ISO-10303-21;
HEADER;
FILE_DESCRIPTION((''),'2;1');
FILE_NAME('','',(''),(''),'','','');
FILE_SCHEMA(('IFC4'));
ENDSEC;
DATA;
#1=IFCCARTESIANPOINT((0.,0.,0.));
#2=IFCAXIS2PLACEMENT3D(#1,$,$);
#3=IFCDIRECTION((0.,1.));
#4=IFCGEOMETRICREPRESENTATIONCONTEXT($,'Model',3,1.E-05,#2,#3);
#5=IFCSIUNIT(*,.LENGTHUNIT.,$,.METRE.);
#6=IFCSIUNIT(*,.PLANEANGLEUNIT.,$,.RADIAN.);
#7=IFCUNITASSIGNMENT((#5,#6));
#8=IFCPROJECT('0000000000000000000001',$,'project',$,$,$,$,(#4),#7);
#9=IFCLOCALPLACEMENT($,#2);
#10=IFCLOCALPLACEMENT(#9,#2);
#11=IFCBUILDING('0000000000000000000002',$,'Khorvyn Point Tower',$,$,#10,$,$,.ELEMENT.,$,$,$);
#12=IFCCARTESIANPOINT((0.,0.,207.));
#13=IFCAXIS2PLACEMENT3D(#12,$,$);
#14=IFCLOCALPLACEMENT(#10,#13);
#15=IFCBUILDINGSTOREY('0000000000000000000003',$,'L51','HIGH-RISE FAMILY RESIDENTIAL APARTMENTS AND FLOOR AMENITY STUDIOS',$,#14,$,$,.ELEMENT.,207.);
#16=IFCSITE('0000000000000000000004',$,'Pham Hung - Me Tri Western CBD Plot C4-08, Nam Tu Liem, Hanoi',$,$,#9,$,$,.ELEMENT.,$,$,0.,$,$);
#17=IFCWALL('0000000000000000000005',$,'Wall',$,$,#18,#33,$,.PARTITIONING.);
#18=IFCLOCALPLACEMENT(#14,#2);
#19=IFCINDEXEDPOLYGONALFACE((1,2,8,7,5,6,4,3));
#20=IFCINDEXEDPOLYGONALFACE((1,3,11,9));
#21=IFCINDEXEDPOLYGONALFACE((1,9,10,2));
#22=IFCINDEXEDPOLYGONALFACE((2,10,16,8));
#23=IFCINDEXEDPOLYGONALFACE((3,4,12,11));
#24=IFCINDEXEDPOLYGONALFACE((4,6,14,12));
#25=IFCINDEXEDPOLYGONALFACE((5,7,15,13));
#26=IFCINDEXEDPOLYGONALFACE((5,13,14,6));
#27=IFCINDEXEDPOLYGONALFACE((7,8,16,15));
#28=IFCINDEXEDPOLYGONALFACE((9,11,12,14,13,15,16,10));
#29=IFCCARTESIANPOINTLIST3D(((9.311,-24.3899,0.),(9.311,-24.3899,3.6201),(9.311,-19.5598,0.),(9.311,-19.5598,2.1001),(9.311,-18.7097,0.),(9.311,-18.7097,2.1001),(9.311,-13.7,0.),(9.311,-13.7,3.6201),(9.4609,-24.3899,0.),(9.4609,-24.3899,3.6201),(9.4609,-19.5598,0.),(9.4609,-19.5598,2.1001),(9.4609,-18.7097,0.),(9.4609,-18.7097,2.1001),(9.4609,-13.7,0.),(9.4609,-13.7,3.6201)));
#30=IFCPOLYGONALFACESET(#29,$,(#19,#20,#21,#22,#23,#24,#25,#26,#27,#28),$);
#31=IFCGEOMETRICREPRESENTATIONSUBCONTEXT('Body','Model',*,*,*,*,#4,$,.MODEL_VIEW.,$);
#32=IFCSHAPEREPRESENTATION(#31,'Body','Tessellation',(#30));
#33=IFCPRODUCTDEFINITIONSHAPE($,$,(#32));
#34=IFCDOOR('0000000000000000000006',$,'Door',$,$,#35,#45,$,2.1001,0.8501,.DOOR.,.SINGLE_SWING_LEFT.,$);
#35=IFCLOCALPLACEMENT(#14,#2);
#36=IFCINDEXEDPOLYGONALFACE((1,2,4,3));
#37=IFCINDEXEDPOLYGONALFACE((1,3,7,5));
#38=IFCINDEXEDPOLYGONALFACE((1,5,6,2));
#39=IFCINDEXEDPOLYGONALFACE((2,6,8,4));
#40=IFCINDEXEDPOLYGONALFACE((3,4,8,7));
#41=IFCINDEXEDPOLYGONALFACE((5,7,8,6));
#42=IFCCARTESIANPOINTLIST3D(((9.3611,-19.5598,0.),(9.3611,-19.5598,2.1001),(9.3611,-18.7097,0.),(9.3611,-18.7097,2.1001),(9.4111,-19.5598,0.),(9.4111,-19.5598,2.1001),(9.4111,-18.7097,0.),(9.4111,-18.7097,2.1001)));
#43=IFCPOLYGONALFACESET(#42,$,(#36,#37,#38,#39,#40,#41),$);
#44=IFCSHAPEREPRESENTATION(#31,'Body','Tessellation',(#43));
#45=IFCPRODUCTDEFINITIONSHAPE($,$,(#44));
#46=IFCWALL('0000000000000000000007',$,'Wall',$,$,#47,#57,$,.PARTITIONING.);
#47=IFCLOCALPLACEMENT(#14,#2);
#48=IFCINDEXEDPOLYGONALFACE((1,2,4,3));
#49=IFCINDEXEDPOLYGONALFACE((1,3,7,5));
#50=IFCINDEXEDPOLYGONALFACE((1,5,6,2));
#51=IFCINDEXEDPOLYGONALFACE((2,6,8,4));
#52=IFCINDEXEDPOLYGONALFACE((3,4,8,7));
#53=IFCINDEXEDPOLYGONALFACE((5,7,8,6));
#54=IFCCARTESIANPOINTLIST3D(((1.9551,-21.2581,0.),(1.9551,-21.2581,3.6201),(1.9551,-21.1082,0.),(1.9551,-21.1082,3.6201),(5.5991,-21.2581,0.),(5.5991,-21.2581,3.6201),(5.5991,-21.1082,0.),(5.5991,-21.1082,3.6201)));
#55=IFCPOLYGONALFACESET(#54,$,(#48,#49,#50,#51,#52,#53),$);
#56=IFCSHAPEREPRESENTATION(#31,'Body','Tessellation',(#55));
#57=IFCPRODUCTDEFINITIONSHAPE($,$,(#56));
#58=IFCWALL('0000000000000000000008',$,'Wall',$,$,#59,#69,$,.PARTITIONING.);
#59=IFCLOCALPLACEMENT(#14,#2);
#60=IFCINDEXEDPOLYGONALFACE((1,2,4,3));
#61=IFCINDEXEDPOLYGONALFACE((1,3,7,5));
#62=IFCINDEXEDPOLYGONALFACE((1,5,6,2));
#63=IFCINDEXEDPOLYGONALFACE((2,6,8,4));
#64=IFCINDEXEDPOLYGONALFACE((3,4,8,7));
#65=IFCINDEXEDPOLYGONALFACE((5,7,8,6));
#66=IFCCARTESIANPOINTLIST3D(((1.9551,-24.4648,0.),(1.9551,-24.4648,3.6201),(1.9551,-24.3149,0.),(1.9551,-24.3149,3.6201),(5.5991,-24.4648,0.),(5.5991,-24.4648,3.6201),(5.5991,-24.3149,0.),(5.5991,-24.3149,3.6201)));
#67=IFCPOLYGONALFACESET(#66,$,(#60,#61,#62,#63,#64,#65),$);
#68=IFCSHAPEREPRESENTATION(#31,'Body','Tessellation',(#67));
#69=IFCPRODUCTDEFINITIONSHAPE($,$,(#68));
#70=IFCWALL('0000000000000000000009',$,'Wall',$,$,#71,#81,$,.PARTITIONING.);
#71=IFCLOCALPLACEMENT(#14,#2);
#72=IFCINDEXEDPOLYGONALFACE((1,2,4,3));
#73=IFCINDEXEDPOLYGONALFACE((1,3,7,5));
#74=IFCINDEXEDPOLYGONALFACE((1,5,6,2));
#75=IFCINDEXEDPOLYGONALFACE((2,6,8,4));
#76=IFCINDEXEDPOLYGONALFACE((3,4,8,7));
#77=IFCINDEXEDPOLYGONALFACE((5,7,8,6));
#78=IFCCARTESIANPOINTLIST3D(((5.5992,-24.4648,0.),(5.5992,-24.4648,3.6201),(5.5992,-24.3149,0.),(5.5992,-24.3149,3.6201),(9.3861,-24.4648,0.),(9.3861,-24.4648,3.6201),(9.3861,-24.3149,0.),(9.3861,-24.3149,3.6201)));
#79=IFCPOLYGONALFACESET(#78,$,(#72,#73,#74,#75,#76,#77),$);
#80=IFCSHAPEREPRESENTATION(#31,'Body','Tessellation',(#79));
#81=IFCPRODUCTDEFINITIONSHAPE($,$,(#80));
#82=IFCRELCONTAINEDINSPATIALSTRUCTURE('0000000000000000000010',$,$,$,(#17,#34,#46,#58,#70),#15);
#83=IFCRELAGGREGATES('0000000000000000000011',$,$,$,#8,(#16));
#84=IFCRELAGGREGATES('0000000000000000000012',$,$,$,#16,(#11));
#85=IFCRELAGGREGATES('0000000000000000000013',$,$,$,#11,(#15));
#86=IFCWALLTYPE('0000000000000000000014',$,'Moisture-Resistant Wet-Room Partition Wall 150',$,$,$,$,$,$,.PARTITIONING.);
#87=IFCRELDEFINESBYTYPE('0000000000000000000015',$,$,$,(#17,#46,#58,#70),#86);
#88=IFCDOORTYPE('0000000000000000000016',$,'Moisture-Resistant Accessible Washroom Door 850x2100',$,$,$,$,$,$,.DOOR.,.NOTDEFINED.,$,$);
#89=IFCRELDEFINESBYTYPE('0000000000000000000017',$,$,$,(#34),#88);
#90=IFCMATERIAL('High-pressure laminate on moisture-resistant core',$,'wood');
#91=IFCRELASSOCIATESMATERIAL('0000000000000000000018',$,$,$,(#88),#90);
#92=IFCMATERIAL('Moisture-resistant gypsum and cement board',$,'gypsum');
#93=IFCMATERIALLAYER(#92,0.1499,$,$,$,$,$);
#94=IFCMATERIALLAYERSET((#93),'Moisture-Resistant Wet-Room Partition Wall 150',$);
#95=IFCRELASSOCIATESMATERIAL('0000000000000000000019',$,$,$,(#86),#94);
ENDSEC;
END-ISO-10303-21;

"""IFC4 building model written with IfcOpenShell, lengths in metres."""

from ifc_helpers import new_model, si_unit, direction, frame, frame_2d, origin, place, context, subcontext, project, spatial, rectangle, extrude, material, layer, layer_set, type_object, element, fill, save


model = new_model("IFC4")

# Units and contexts
model_context = context("Model", 3, precision=1e-05, world=origin(), true_north=direction((0.0, 1.0)))
body_context = subcontext(model_context, "Body", "Model", "MODEL_VIEW")
ifc_project = project(units=[si_unit("LENGTHUNIT", "METRE"), si_unit("PLANEANGLEUNIT", "RADIAN")], contexts=[model_context])

# Site, building, storey
site_placement = place(None, origin())
site = spatial("IfcSite", under=ifc_project, at=site_placement, Name="Pham Hung - Me Tri Western CBD Plot C4-08, Nam Tu Liem, Hanoi", CompositionType="ELEMENT", RefElevation=0.0)
building_placement = place(site_placement, origin())
building = spatial("IfcBuilding", under=site, at=building_placement, Name="Khorvyn Point Tower", CompositionType="ELEMENT")
storey_placement = place(building_placement, frame((0.0, 0.0, 207.0)))
storey = spatial("IfcBuildingStorey", under=building, at=storey_placement, Name="L51", Description="HIGH-RISE FAMILY RESIDENTIAL APARTMENTS AND FLOOR AMENITY STUDIOS", CompositionType="ELEMENT", Elevation=207.0)

# Wall, opening, door
ifc_material_1 = material(Name="High-pressure laminate on moisture-resistant core", Category="wood")
door_type_1 = type_object("IfcDoorType", Name="Moisture-Resistant Accessible Washroom Door 850x2100", OperationType="NOTDEFINED", PredefinedType="DOOR", material=ifc_material_1)
ifc_material_2 = material(Name="Moisture-resistant gypsum and cement board", Category="gypsum")
ifc_layer_1 = layer(ifc_material_2, 0.1499)
ifc_layer_set_1 = layer_set([ifc_layer_1], Name="Moisture-Resistant Wet-Room Partition Wall 150")
wall_type_1 = type_object("IfcWallType", Name="Moisture-Resistant Wet-Room Partition Wall 150", PredefinedType="PARTITIONING", material=ifc_layer_set_1)
wall_1_placement = place(storey_placement, frame((9.386, -24.3899, 0.0), z_axis=(0.0, 0.0, 1.0), x_axis=(0.0, 1.0, 0.0)))
wall_1 = element("IfcWall", 1, at=wall_1_placement, inside=storey, type_object=wall_type_1, Name="Wall", PredefinedType="PARTITIONING", context=body_context, shape_type="SweptSolid", body=[
    extrude(rectangle(XDim=10.6899, YDim=0.1499, at=frame_2d((5.345, 0.0))), origin(), (0.0, 0.0, 1.0), 3.6201),
])
opening_1_placement = place(wall_1_placement, frame((4.8301, 0.0, 0.0)))
opening_1 = element("IfcOpeningElement", 2, at=opening_1_placement, cuts=wall_1, PredefinedType="OPENING", context=body_context, shape_type="SweptSolid", body=[
    extrude(rectangle(XDim=0.8501, YDim=2.1001, at=frame_2d((0.425, 1.05))), frame((0.0, 0.085, 0.0), z_axis=(0.0, -1.0, 0.0), x_axis=(1.0, 0.0, 0.0)), (0.0, 0.0, 1.0), 0.1699),
])
door_1_placement = place(opening_1_placement, origin())
door_1 = element("IfcDoor", 3, at=door_1_placement, inside=storey, type_object=door_type_1, Name="Door", OperationType="SINGLE_SWING_LEFT", OverallHeight=2.1001, OverallWidth=0.8501, PredefinedType="DOOR", context=body_context, shape_type="SweptSolid", body=[
    extrude(rectangle(XDim=0.8501, YDim=2.1001, at=frame_2d((0.425, 1.05))), frame((0.0, 0.0249, 0.0), z_axis=(0.0, -1.0, 0.0), x_axis=(1.0, 0.0, 0.0)), (0.0, 0.0, 1.0), 0.05),
])
fill(opening_1, door_1)

# Walls
for number, where, z_axis, x_axis, name in (
    (4, (1.9551, -21.1831, 0.0), (0.0, 0.0, 1.0), (1.0, 0.0, 0.0), "Wall"),
    (5, (1.9551, -24.3899, 0.0), (0.0, 0.0, 1.0), (1.0, 0.0, 0.0), "Wall"),
):
    element("IfcWall", number, at=place(storey_placement, frame(where, z_axis=z_axis, x_axis=x_axis)), inside=storey, type_object=wall_type_1, Name=name, PredefinedType="PARTITIONING", context=body_context, shape_type="SweptSolid", body=[
        extrude(rectangle(XDim=3.644, YDim=0.1499, at=frame_2d((1.822, 0.0))), origin(), (0.0, 0.0, 1.0), 3.6201),
    ])
wall_2_placement = place(storey_placement, frame((5.5991, -24.3899, 0.0), z_axis=(0.0, 0.0, 1.0), x_axis=(1.0, 0.0, 0.0)))
element("IfcWall", 6, at=wall_2_placement, inside=storey, type_object=wall_type_1, Name="Wall", PredefinedType="PARTITIONING", context=body_context, shape_type="SweptSolid", body=[
    extrude(rectangle(XDim=3.7869, YDim=0.1499, at=frame_2d((1.8936, 0.0))), origin(), (0.0, 0.0, 1.0), 3.6201),
])

save(model, "model.ifc")
